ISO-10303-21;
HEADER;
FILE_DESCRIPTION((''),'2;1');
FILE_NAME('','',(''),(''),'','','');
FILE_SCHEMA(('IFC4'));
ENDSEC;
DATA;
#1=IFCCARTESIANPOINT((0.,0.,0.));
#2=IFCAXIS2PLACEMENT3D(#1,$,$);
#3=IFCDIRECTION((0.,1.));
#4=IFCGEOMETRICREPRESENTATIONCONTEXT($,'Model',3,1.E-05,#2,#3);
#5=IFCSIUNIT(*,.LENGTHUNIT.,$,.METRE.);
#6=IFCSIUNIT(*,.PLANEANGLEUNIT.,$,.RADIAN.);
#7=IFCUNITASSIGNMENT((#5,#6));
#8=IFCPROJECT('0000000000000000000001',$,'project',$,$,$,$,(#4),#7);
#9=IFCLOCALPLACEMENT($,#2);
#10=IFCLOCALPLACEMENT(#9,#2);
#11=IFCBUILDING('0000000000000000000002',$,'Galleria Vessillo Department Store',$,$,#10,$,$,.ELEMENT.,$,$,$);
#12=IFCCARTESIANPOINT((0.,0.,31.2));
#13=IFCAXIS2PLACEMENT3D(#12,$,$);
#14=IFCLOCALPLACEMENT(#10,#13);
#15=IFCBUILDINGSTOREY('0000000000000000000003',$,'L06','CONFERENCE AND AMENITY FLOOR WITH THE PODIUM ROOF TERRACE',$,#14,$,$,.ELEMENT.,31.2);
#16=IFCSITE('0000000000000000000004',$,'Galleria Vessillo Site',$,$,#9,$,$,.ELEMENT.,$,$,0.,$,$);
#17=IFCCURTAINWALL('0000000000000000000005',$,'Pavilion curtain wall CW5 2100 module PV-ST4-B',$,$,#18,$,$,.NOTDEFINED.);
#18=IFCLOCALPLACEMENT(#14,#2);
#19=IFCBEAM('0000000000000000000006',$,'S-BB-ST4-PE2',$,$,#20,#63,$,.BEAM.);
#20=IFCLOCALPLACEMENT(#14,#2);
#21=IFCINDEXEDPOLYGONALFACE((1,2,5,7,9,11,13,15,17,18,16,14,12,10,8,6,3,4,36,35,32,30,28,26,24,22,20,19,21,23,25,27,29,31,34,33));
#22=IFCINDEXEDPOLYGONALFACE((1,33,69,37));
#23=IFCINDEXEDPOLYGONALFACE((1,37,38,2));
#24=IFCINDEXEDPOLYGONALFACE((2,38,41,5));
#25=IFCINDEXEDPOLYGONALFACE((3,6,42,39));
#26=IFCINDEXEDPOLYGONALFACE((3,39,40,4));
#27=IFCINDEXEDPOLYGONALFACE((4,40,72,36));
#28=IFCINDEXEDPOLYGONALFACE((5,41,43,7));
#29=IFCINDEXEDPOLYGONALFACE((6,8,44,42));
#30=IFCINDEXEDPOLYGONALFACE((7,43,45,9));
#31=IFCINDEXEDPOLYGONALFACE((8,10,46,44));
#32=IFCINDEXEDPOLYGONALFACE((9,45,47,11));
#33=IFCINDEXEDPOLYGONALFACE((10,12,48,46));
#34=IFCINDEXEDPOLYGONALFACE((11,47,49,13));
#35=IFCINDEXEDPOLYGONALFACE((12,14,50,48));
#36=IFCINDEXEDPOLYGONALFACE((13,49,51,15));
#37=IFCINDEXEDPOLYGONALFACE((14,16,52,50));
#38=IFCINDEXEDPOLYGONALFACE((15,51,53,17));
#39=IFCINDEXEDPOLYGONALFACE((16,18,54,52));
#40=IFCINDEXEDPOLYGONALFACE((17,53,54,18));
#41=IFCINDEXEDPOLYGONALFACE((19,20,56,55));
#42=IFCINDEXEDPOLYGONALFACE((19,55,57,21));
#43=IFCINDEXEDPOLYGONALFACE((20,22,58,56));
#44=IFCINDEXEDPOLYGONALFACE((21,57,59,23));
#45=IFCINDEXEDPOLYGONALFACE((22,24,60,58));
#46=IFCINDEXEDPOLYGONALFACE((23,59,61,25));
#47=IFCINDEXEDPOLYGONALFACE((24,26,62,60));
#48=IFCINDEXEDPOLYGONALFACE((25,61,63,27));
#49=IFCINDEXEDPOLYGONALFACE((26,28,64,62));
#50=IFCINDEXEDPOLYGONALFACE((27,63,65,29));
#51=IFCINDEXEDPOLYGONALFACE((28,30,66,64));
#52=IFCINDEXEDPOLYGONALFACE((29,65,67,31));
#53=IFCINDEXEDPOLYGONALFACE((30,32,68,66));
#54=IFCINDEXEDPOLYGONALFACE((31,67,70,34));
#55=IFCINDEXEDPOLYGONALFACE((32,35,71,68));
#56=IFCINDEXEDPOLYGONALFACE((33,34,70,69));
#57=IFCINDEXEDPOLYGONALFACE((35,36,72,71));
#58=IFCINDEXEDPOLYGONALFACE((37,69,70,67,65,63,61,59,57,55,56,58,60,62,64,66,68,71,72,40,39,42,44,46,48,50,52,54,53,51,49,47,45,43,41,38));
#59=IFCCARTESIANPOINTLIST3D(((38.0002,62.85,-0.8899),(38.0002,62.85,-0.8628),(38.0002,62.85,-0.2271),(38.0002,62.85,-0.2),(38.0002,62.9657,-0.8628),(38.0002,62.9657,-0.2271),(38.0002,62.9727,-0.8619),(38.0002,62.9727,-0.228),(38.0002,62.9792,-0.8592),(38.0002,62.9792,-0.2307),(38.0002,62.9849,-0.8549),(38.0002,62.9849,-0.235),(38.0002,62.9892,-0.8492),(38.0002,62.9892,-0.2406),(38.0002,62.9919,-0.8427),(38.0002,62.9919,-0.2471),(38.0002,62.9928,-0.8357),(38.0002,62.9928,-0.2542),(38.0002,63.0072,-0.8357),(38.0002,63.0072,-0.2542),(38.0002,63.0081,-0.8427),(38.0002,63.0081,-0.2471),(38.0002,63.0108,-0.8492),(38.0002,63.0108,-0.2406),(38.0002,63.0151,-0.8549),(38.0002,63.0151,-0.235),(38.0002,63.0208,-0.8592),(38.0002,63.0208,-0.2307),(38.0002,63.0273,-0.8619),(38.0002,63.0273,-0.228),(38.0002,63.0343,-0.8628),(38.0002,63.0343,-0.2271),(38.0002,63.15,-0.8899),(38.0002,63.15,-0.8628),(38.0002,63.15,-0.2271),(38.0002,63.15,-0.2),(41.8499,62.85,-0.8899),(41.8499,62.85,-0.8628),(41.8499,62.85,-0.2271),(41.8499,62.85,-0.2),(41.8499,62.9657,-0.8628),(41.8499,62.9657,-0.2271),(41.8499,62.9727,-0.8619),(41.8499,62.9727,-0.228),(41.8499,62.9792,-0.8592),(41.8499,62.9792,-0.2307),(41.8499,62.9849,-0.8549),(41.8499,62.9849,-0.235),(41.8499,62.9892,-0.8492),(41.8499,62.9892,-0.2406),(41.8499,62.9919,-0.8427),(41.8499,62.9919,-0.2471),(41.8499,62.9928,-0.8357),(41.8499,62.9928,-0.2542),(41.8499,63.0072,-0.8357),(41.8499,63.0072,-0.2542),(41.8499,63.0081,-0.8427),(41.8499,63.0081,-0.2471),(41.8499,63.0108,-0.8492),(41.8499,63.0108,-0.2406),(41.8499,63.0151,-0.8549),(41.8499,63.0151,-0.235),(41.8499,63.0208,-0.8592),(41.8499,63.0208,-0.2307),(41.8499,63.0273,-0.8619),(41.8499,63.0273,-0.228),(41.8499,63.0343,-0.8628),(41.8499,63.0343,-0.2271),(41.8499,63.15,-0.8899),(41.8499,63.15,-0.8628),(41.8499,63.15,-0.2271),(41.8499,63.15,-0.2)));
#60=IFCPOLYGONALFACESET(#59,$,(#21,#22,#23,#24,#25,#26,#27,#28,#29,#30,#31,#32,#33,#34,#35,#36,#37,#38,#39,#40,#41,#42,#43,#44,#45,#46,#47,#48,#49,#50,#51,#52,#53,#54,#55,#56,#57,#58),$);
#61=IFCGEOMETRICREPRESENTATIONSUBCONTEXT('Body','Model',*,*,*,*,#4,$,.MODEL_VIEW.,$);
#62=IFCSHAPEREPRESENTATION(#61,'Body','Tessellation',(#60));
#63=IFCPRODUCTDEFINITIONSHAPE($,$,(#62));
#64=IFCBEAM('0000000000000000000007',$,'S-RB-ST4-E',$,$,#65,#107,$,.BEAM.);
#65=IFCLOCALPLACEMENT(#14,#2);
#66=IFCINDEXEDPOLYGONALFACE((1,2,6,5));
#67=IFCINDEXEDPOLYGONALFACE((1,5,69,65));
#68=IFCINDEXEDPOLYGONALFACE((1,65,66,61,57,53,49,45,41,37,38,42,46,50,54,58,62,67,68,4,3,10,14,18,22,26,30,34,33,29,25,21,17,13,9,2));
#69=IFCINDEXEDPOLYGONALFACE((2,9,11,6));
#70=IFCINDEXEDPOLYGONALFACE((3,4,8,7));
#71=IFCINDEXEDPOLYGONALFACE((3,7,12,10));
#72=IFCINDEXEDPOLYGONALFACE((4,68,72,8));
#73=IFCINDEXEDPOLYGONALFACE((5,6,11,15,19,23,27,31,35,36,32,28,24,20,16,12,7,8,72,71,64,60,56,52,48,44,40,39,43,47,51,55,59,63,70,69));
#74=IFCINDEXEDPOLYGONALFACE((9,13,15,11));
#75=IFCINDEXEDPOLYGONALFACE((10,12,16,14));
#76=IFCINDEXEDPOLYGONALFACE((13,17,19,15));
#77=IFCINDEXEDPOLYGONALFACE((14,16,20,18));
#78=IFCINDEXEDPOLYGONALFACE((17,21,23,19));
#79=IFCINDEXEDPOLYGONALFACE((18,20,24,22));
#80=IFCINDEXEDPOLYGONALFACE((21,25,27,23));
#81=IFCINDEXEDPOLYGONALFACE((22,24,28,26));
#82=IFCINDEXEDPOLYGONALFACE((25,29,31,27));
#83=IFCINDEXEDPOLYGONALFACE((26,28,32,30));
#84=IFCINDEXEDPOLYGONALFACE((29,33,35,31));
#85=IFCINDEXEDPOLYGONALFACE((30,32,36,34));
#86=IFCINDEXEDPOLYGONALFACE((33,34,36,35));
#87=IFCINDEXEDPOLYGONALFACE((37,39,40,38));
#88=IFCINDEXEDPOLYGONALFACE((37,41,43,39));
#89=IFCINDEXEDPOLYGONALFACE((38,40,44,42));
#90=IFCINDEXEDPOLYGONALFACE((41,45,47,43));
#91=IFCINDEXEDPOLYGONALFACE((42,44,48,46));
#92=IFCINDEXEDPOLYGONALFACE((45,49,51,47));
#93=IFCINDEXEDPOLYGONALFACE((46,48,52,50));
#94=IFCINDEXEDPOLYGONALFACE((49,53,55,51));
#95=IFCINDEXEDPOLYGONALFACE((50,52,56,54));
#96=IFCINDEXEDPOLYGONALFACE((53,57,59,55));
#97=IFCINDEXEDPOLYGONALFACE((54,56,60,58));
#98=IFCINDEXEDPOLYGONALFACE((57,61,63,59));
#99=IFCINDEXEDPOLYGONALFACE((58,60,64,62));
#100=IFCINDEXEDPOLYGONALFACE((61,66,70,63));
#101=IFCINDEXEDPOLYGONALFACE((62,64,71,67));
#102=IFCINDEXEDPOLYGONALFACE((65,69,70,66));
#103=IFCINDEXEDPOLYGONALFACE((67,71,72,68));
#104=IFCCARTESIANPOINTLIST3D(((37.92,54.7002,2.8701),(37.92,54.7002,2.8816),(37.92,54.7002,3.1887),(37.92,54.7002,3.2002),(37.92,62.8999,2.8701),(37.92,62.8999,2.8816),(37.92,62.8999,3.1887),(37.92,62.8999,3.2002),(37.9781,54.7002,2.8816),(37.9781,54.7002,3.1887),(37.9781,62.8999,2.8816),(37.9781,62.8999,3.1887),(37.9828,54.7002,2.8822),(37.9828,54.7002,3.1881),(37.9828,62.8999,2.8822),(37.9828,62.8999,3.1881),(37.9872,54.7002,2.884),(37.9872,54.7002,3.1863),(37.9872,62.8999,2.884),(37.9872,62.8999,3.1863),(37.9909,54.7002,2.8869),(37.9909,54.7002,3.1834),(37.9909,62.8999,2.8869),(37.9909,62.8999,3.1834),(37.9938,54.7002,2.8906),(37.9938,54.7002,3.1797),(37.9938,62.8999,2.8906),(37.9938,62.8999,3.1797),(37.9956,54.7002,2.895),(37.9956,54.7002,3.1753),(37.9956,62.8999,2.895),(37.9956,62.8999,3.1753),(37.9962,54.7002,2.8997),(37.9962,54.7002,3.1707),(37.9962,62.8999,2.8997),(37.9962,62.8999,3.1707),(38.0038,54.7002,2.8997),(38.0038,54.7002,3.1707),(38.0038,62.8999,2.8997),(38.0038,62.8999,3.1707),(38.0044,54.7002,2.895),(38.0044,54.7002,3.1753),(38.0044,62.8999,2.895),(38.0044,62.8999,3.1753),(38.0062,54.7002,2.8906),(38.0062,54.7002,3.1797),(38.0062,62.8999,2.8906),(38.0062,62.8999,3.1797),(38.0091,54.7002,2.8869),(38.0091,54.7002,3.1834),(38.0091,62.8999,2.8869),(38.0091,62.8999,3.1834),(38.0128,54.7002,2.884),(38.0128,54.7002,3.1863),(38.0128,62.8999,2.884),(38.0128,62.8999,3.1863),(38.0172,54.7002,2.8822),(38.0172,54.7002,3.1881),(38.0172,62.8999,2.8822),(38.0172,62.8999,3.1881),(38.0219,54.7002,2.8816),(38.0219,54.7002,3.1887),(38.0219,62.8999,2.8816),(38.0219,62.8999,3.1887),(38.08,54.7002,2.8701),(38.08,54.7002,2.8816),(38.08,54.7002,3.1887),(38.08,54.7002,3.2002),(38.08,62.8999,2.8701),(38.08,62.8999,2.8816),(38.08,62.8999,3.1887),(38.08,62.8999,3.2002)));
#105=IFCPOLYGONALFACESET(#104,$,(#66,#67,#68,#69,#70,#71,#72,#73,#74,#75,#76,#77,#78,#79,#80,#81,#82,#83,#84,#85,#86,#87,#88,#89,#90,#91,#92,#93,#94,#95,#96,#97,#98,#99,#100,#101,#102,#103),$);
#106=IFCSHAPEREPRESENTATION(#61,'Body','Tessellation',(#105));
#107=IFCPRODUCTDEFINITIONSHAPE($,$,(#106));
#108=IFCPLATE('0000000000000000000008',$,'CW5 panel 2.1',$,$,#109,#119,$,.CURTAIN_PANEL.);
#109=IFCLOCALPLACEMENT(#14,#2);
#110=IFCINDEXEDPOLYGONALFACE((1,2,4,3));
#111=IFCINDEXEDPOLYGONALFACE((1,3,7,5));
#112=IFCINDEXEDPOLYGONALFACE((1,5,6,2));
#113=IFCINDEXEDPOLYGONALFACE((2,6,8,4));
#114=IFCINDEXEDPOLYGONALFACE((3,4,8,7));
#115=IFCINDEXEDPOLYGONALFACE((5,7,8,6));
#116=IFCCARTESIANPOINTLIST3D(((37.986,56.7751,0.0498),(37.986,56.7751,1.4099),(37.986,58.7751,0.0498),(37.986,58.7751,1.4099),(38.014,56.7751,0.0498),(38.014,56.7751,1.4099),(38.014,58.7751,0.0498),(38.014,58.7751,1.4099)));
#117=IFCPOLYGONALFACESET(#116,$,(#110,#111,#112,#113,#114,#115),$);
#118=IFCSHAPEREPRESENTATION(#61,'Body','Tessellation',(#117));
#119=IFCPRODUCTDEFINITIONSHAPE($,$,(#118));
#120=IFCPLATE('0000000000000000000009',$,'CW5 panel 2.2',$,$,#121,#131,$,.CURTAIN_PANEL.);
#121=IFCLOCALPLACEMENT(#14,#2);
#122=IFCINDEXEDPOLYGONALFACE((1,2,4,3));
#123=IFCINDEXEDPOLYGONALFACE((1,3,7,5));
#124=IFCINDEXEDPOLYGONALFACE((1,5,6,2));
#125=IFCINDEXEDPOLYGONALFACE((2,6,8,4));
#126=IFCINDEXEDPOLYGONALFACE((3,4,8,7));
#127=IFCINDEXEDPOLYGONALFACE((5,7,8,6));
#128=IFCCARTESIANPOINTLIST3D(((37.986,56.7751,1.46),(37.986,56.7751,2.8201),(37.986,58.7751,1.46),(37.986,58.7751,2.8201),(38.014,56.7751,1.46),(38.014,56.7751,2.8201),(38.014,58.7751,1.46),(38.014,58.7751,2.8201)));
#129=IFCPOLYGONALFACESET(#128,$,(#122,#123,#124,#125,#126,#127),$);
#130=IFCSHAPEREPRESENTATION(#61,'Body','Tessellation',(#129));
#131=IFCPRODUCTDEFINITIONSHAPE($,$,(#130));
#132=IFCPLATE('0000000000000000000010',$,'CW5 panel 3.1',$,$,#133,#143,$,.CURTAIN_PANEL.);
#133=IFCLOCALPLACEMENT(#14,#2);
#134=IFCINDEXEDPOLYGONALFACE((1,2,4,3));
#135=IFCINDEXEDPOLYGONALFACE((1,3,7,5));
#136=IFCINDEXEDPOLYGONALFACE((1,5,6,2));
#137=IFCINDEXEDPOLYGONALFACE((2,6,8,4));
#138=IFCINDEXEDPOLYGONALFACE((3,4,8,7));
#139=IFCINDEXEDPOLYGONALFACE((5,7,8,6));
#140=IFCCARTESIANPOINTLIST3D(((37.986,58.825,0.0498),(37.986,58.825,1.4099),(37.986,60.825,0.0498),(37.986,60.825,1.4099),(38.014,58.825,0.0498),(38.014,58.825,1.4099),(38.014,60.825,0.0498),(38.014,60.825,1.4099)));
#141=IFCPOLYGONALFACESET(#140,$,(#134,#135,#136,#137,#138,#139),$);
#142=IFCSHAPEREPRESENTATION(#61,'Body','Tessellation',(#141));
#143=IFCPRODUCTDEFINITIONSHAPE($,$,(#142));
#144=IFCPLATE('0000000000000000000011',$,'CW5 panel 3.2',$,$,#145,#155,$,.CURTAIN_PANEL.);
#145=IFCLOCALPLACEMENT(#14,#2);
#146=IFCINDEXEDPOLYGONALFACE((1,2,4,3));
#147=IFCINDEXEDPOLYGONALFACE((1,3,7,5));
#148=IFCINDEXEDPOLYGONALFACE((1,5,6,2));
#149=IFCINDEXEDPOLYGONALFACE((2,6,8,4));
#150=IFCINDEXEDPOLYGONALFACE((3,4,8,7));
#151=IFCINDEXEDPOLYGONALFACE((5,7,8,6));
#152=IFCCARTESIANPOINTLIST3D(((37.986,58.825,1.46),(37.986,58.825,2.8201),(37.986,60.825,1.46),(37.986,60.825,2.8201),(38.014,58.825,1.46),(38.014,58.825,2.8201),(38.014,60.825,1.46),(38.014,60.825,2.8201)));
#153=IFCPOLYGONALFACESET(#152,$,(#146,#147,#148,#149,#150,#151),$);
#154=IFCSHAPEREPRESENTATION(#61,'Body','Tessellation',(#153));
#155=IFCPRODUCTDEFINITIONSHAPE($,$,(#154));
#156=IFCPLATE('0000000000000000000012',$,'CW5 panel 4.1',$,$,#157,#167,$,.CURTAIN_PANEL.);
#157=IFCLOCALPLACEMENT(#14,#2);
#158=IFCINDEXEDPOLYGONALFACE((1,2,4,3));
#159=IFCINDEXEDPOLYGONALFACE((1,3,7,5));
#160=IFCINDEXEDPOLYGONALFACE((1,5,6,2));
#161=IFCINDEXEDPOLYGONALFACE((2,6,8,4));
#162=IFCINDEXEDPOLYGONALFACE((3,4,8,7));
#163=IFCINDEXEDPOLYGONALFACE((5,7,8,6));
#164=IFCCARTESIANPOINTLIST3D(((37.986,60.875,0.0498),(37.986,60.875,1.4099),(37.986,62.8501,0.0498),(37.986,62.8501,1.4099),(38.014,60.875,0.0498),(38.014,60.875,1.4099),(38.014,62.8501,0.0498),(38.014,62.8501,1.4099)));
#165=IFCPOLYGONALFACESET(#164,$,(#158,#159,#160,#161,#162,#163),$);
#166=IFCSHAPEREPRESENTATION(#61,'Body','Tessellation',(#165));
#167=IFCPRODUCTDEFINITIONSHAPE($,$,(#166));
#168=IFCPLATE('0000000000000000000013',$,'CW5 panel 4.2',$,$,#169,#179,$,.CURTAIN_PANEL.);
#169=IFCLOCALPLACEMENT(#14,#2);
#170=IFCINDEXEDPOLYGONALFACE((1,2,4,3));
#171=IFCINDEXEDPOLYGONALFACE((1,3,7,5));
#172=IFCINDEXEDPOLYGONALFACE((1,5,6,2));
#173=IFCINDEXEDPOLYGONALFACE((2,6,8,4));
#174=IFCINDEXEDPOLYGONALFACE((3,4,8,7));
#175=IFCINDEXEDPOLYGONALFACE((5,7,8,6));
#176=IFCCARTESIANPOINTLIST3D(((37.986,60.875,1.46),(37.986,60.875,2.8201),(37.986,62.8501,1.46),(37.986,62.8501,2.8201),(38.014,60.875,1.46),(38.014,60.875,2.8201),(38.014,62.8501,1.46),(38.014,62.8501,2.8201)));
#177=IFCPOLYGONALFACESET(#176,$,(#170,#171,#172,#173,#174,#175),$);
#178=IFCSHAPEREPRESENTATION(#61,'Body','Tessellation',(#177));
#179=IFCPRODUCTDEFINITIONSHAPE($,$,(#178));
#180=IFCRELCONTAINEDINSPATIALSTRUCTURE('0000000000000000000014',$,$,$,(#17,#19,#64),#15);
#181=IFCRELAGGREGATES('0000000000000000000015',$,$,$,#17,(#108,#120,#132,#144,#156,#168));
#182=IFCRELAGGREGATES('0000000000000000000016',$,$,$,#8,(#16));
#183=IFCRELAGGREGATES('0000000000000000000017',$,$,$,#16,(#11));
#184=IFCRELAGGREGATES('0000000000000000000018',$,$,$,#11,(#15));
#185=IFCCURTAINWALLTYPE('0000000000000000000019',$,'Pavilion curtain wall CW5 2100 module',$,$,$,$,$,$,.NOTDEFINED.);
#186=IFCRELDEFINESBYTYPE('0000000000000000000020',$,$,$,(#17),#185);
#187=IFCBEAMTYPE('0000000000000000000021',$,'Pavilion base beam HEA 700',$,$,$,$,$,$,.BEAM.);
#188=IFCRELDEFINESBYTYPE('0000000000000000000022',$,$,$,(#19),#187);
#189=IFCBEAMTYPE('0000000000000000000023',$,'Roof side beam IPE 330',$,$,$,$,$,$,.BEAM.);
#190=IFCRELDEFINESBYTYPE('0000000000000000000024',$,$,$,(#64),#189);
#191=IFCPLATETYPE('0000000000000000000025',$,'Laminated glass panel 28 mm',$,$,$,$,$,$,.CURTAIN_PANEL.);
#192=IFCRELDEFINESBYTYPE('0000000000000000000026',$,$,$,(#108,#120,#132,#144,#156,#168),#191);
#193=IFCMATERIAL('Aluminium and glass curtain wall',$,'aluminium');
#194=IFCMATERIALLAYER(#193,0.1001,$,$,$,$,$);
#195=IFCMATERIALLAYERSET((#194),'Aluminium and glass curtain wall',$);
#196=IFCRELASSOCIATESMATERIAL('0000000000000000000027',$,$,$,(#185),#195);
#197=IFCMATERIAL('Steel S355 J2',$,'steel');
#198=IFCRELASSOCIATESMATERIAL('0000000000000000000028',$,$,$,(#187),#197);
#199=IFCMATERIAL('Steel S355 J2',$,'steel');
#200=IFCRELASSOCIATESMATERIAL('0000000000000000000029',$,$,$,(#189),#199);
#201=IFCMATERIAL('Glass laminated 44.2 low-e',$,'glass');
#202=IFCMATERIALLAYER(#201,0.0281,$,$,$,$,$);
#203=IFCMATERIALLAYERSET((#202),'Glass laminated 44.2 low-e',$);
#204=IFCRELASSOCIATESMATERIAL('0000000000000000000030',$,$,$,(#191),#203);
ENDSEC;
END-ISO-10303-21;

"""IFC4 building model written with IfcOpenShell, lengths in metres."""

from ifc_helpers import new_model, si_unit, direction, frame, origin, origin_2d, place, context, subcontext, project, spatial, rectangle, i_section, extrude, material, layer, layer_set, material_profile, profile_set, type_object, element, aggregate, save


model = new_model("IFC4")

# Units and contexts
model_context = context("Model", 3, precision=1e-05, world=origin(), true_north=direction((0.0, 1.0)))
body_context = subcontext(model_context, "Body", "Model", "MODEL_VIEW")
ifc_project = project(units=[si_unit("LENGTHUNIT", "METRE"), si_unit("PLANEANGLEUNIT", "RADIAN")], contexts=[model_context])

# Site, building, storey
site_placement = place(None, origin())
site = spatial("IfcSite", under=ifc_project, at=site_placement, Name="Galleria Vessillo Site", CompositionType="ELEMENT", RefElevation=0.0)
building_placement = place(site_placement, origin())
building = spatial("IfcBuilding", under=site, at=building_placement, Name="Galleria Vessillo Department Store", CompositionType="ELEMENT")
storey_placement = place(building_placement, frame((0.0, 0.0, 31.2)))
storey = spatial("IfcBuildingStorey", under=building, at=storey_placement, Name="L06", Description="CONFERENCE AND AMENITY FLOOR WITH THE PODIUM ROOF TERRACE", CompositionType="ELEMENT", Elevation=31.2)

# Curtain wall
ifc_material_1 = material(Name="Aluminium and glass curtain wall", Category="aluminium")
ifc_layer_1 = layer(ifc_material_1, 0.1001)
ifc_layer_set_1 = layer_set([ifc_layer_1], Name="Aluminium and glass curtain wall")
curtain_wall_type = type_object("IfcCurtainWallType", Name="Pavilion curtain wall CW5 2100 module", PredefinedType="NOTDEFINED", material=ifc_layer_set_1)
curtain_wall_placement = place(storey_placement, origin())
curtain_wall = element("IfcCurtainWall", 1, at=curtain_wall_placement, inside=storey, type_object=curtain_wall_type, Name="Pavilion curtain wall CW5 2100 module PV-ST4-B", PredefinedType="NOTDEFINED")

# Beams
ifc_material_2 = material(Name="Steel S355 J2", Category="steel")
ifc_material_profile_1 = material_profile(ifc_material_2, i_section(OverallWidth=0.3, OverallDepth=0.6899, WebThickness=0.0144, FlangeThickness=0.0271, FilletRadius=0.0271, at=origin_2d()), Name="HEA 700")
ifc_profile_set_1 = profile_set([ifc_material_profile_1], Name="Steel S355 J2")
beam_type_1 = type_object("IfcBeamType", Name="Pavilion base beam HEA 700", PredefinedType="BEAM", material=ifc_profile_set_1)
beam_1_placement = place(storey_placement, frame((38.0002, 63.0, -0.5449), z_axis=(1.0, 0.0, 0.0), x_axis=(0.0, 1.0, 0.0)))
element("IfcBeam", 2, at=beam_1_placement, inside=storey, type_object=beam_type_1, Name="S-BB-ST4-PE2", PredefinedType="BEAM", context=body_context, shape_type="SweptSolid", body=[
    extrude(i_section(OverallWidth=0.3, OverallDepth=0.6899, WebThickness=0.0144, FlangeThickness=0.0271, FilletRadius=0.0271, at=origin_2d()), origin(), (0.0, 0.0, 1.0), 3.8496),
])
ifc_material_3 = material(Name="Steel S355 J2", Category="steel")
ifc_material_profile_2 = material_profile(ifc_material_3, i_section(OverallWidth=0.1599, OverallDepth=0.3301, WebThickness=0.0076, FlangeThickness=0.0115, FilletRadius=0.0181, at=origin_2d()), Name="IPE 330")
ifc_profile_set_2 = profile_set([ifc_material_profile_2], Name="Steel S355 J2")
beam_type_2 = type_object("IfcBeamType", Name="Roof side beam IPE 330", PredefinedType="BEAM", material=ifc_profile_set_2)
beam_2_placement = place(storey_placement, frame((38.0, 62.8999, 3.0352), z_axis=(0.0, -1.0, 0.0), x_axis=(1.0, 0.0, 0.0)))
element("IfcBeam", 3, at=beam_2_placement, inside=storey, type_object=beam_type_2, Name="S-RB-ST4-E", PredefinedType="BEAM", context=body_context, shape_type="SweptSolid", body=[
    extrude(i_section(OverallWidth=0.1599, OverallDepth=0.3301, WebThickness=0.0076, FlangeThickness=0.0115, FilletRadius=0.0181, at=origin_2d()), origin(), (0.0, 0.0, 1.0), 8.1997),
])

# Plates
ifc_material_4 = material(Name="Glass laminated 44.2 low-e", Category="glass")
ifc_layer_2 = layer(ifc_material_4, 0.0281)
ifc_layer_set_2 = layer_set([ifc_layer_2], Name="Glass laminated 44.2 low-e")
plate_type = type_object("IfcPlateType", Name="Laminated glass panel 28 mm", PredefinedType="CURTAIN_PANEL", material=ifc_layer_set_2)
plate_1_placement = place(storey_placement, frame((38.0, 57.7751, 0.0498), z_axis=(0.0, 0.0, 1.0), x_axis=(0.0, 1.0, 0.0)))
plate_1 = element("IfcPlate", 4, at=plate_1_placement, type_object=plate_type, Name="CW5 panel 2.1", PredefinedType="CURTAIN_PANEL", context=body_context, shape_type="SweptSolid", body=[
    extrude(rectangle(XDim=2.0, YDim=0.0281, at=origin_2d()), origin(), (0.0, 0.0, 1.0), 1.3601),
])
plate_2_placement = place(storey_placement, frame((38.0, 57.7751, 1.46), z_axis=(0.0, 0.0, 1.0), x_axis=(0.0, 1.0, 0.0)))
plate_2 = element("IfcPlate", 5, at=plate_2_placement, type_object=plate_type, Name="CW5 panel 2.2", PredefinedType="CURTAIN_PANEL", context=body_context, shape_type="SweptSolid", body=[
    extrude(rectangle(XDim=2.0, YDim=0.0281, at=origin_2d()), origin(), (0.0, 0.0, 1.0), 1.3601),
])
plate_3_placement = place(storey_placement, frame((38.0, 59.825, 0.0498), z_axis=(0.0, 0.0, 1.0), x_axis=(0.0, 1.0, 0.0)))
plate_3 = element("IfcPlate", 6, at=plate_3_placement, type_object=plate_type, Name="CW5 panel 3.1", PredefinedType="CURTAIN_PANEL", context=body_context, shape_type="SweptSolid", body=[
    extrude(rectangle(XDim=2.0, YDim=0.0281, at=origin_2d()), origin(), (0.0, 0.0, 1.0), 1.3601),
])
plate_4_placement = place(storey_placement, frame((38.0, 59.825, 1.46), z_axis=(0.0, 0.0, 1.0), x_axis=(0.0, 1.0, 0.0)))
plate_4 = element("IfcPlate", 7, at=plate_4_placement, type_object=plate_type, Name="CW5 panel 3.2", PredefinedType="CURTAIN_PANEL", context=body_context, shape_type="SweptSolid", body=[
    extrude(rectangle(XDim=2.0, YDim=0.0281, at=origin_2d()), origin(), (0.0, 0.0, 1.0), 1.3601),
])
plate_5_placement = place(storey_placement, frame((38.0, 61.8625, 0.0498), z_axis=(0.0, 0.0, 1.0), x_axis=(0.0, 1.0, 0.0)))
plate_5 = element("IfcPlate", 8, at=plate_5_placement, type_object=plate_type, Name="CW5 panel 4.1", PredefinedType="CURTAIN_PANEL", context=body_context, shape_type="SweptSolid", body=[
    extrude(rectangle(XDim=1.9751, YDim=0.0281, at=origin_2d()), origin(), (0.0, 0.0, 1.0), 1.3601),
])
plate_6_placement = place(storey_placement, frame((38.0, 61.8625, 1.46), z_axis=(0.0, 0.0, 1.0), x_axis=(0.0, 1.0, 0.0)))
plate_6 = element("IfcPlate", 9, at=plate_6_placement, type_object=plate_type, Name="CW5 panel 4.2", PredefinedType="CURTAIN_PANEL", context=body_context, shape_type="SweptSolid", body=[
    extrude(rectangle(XDim=1.9751, YDim=0.0281, at=origin_2d()), origin(), (0.0, 0.0, 1.0), 1.3601),
])
aggregate(curtain_wall, [plate_1, plate_2, plate_3, plate_4, plate_5, plate_6])

save(model, "model.ifc")
